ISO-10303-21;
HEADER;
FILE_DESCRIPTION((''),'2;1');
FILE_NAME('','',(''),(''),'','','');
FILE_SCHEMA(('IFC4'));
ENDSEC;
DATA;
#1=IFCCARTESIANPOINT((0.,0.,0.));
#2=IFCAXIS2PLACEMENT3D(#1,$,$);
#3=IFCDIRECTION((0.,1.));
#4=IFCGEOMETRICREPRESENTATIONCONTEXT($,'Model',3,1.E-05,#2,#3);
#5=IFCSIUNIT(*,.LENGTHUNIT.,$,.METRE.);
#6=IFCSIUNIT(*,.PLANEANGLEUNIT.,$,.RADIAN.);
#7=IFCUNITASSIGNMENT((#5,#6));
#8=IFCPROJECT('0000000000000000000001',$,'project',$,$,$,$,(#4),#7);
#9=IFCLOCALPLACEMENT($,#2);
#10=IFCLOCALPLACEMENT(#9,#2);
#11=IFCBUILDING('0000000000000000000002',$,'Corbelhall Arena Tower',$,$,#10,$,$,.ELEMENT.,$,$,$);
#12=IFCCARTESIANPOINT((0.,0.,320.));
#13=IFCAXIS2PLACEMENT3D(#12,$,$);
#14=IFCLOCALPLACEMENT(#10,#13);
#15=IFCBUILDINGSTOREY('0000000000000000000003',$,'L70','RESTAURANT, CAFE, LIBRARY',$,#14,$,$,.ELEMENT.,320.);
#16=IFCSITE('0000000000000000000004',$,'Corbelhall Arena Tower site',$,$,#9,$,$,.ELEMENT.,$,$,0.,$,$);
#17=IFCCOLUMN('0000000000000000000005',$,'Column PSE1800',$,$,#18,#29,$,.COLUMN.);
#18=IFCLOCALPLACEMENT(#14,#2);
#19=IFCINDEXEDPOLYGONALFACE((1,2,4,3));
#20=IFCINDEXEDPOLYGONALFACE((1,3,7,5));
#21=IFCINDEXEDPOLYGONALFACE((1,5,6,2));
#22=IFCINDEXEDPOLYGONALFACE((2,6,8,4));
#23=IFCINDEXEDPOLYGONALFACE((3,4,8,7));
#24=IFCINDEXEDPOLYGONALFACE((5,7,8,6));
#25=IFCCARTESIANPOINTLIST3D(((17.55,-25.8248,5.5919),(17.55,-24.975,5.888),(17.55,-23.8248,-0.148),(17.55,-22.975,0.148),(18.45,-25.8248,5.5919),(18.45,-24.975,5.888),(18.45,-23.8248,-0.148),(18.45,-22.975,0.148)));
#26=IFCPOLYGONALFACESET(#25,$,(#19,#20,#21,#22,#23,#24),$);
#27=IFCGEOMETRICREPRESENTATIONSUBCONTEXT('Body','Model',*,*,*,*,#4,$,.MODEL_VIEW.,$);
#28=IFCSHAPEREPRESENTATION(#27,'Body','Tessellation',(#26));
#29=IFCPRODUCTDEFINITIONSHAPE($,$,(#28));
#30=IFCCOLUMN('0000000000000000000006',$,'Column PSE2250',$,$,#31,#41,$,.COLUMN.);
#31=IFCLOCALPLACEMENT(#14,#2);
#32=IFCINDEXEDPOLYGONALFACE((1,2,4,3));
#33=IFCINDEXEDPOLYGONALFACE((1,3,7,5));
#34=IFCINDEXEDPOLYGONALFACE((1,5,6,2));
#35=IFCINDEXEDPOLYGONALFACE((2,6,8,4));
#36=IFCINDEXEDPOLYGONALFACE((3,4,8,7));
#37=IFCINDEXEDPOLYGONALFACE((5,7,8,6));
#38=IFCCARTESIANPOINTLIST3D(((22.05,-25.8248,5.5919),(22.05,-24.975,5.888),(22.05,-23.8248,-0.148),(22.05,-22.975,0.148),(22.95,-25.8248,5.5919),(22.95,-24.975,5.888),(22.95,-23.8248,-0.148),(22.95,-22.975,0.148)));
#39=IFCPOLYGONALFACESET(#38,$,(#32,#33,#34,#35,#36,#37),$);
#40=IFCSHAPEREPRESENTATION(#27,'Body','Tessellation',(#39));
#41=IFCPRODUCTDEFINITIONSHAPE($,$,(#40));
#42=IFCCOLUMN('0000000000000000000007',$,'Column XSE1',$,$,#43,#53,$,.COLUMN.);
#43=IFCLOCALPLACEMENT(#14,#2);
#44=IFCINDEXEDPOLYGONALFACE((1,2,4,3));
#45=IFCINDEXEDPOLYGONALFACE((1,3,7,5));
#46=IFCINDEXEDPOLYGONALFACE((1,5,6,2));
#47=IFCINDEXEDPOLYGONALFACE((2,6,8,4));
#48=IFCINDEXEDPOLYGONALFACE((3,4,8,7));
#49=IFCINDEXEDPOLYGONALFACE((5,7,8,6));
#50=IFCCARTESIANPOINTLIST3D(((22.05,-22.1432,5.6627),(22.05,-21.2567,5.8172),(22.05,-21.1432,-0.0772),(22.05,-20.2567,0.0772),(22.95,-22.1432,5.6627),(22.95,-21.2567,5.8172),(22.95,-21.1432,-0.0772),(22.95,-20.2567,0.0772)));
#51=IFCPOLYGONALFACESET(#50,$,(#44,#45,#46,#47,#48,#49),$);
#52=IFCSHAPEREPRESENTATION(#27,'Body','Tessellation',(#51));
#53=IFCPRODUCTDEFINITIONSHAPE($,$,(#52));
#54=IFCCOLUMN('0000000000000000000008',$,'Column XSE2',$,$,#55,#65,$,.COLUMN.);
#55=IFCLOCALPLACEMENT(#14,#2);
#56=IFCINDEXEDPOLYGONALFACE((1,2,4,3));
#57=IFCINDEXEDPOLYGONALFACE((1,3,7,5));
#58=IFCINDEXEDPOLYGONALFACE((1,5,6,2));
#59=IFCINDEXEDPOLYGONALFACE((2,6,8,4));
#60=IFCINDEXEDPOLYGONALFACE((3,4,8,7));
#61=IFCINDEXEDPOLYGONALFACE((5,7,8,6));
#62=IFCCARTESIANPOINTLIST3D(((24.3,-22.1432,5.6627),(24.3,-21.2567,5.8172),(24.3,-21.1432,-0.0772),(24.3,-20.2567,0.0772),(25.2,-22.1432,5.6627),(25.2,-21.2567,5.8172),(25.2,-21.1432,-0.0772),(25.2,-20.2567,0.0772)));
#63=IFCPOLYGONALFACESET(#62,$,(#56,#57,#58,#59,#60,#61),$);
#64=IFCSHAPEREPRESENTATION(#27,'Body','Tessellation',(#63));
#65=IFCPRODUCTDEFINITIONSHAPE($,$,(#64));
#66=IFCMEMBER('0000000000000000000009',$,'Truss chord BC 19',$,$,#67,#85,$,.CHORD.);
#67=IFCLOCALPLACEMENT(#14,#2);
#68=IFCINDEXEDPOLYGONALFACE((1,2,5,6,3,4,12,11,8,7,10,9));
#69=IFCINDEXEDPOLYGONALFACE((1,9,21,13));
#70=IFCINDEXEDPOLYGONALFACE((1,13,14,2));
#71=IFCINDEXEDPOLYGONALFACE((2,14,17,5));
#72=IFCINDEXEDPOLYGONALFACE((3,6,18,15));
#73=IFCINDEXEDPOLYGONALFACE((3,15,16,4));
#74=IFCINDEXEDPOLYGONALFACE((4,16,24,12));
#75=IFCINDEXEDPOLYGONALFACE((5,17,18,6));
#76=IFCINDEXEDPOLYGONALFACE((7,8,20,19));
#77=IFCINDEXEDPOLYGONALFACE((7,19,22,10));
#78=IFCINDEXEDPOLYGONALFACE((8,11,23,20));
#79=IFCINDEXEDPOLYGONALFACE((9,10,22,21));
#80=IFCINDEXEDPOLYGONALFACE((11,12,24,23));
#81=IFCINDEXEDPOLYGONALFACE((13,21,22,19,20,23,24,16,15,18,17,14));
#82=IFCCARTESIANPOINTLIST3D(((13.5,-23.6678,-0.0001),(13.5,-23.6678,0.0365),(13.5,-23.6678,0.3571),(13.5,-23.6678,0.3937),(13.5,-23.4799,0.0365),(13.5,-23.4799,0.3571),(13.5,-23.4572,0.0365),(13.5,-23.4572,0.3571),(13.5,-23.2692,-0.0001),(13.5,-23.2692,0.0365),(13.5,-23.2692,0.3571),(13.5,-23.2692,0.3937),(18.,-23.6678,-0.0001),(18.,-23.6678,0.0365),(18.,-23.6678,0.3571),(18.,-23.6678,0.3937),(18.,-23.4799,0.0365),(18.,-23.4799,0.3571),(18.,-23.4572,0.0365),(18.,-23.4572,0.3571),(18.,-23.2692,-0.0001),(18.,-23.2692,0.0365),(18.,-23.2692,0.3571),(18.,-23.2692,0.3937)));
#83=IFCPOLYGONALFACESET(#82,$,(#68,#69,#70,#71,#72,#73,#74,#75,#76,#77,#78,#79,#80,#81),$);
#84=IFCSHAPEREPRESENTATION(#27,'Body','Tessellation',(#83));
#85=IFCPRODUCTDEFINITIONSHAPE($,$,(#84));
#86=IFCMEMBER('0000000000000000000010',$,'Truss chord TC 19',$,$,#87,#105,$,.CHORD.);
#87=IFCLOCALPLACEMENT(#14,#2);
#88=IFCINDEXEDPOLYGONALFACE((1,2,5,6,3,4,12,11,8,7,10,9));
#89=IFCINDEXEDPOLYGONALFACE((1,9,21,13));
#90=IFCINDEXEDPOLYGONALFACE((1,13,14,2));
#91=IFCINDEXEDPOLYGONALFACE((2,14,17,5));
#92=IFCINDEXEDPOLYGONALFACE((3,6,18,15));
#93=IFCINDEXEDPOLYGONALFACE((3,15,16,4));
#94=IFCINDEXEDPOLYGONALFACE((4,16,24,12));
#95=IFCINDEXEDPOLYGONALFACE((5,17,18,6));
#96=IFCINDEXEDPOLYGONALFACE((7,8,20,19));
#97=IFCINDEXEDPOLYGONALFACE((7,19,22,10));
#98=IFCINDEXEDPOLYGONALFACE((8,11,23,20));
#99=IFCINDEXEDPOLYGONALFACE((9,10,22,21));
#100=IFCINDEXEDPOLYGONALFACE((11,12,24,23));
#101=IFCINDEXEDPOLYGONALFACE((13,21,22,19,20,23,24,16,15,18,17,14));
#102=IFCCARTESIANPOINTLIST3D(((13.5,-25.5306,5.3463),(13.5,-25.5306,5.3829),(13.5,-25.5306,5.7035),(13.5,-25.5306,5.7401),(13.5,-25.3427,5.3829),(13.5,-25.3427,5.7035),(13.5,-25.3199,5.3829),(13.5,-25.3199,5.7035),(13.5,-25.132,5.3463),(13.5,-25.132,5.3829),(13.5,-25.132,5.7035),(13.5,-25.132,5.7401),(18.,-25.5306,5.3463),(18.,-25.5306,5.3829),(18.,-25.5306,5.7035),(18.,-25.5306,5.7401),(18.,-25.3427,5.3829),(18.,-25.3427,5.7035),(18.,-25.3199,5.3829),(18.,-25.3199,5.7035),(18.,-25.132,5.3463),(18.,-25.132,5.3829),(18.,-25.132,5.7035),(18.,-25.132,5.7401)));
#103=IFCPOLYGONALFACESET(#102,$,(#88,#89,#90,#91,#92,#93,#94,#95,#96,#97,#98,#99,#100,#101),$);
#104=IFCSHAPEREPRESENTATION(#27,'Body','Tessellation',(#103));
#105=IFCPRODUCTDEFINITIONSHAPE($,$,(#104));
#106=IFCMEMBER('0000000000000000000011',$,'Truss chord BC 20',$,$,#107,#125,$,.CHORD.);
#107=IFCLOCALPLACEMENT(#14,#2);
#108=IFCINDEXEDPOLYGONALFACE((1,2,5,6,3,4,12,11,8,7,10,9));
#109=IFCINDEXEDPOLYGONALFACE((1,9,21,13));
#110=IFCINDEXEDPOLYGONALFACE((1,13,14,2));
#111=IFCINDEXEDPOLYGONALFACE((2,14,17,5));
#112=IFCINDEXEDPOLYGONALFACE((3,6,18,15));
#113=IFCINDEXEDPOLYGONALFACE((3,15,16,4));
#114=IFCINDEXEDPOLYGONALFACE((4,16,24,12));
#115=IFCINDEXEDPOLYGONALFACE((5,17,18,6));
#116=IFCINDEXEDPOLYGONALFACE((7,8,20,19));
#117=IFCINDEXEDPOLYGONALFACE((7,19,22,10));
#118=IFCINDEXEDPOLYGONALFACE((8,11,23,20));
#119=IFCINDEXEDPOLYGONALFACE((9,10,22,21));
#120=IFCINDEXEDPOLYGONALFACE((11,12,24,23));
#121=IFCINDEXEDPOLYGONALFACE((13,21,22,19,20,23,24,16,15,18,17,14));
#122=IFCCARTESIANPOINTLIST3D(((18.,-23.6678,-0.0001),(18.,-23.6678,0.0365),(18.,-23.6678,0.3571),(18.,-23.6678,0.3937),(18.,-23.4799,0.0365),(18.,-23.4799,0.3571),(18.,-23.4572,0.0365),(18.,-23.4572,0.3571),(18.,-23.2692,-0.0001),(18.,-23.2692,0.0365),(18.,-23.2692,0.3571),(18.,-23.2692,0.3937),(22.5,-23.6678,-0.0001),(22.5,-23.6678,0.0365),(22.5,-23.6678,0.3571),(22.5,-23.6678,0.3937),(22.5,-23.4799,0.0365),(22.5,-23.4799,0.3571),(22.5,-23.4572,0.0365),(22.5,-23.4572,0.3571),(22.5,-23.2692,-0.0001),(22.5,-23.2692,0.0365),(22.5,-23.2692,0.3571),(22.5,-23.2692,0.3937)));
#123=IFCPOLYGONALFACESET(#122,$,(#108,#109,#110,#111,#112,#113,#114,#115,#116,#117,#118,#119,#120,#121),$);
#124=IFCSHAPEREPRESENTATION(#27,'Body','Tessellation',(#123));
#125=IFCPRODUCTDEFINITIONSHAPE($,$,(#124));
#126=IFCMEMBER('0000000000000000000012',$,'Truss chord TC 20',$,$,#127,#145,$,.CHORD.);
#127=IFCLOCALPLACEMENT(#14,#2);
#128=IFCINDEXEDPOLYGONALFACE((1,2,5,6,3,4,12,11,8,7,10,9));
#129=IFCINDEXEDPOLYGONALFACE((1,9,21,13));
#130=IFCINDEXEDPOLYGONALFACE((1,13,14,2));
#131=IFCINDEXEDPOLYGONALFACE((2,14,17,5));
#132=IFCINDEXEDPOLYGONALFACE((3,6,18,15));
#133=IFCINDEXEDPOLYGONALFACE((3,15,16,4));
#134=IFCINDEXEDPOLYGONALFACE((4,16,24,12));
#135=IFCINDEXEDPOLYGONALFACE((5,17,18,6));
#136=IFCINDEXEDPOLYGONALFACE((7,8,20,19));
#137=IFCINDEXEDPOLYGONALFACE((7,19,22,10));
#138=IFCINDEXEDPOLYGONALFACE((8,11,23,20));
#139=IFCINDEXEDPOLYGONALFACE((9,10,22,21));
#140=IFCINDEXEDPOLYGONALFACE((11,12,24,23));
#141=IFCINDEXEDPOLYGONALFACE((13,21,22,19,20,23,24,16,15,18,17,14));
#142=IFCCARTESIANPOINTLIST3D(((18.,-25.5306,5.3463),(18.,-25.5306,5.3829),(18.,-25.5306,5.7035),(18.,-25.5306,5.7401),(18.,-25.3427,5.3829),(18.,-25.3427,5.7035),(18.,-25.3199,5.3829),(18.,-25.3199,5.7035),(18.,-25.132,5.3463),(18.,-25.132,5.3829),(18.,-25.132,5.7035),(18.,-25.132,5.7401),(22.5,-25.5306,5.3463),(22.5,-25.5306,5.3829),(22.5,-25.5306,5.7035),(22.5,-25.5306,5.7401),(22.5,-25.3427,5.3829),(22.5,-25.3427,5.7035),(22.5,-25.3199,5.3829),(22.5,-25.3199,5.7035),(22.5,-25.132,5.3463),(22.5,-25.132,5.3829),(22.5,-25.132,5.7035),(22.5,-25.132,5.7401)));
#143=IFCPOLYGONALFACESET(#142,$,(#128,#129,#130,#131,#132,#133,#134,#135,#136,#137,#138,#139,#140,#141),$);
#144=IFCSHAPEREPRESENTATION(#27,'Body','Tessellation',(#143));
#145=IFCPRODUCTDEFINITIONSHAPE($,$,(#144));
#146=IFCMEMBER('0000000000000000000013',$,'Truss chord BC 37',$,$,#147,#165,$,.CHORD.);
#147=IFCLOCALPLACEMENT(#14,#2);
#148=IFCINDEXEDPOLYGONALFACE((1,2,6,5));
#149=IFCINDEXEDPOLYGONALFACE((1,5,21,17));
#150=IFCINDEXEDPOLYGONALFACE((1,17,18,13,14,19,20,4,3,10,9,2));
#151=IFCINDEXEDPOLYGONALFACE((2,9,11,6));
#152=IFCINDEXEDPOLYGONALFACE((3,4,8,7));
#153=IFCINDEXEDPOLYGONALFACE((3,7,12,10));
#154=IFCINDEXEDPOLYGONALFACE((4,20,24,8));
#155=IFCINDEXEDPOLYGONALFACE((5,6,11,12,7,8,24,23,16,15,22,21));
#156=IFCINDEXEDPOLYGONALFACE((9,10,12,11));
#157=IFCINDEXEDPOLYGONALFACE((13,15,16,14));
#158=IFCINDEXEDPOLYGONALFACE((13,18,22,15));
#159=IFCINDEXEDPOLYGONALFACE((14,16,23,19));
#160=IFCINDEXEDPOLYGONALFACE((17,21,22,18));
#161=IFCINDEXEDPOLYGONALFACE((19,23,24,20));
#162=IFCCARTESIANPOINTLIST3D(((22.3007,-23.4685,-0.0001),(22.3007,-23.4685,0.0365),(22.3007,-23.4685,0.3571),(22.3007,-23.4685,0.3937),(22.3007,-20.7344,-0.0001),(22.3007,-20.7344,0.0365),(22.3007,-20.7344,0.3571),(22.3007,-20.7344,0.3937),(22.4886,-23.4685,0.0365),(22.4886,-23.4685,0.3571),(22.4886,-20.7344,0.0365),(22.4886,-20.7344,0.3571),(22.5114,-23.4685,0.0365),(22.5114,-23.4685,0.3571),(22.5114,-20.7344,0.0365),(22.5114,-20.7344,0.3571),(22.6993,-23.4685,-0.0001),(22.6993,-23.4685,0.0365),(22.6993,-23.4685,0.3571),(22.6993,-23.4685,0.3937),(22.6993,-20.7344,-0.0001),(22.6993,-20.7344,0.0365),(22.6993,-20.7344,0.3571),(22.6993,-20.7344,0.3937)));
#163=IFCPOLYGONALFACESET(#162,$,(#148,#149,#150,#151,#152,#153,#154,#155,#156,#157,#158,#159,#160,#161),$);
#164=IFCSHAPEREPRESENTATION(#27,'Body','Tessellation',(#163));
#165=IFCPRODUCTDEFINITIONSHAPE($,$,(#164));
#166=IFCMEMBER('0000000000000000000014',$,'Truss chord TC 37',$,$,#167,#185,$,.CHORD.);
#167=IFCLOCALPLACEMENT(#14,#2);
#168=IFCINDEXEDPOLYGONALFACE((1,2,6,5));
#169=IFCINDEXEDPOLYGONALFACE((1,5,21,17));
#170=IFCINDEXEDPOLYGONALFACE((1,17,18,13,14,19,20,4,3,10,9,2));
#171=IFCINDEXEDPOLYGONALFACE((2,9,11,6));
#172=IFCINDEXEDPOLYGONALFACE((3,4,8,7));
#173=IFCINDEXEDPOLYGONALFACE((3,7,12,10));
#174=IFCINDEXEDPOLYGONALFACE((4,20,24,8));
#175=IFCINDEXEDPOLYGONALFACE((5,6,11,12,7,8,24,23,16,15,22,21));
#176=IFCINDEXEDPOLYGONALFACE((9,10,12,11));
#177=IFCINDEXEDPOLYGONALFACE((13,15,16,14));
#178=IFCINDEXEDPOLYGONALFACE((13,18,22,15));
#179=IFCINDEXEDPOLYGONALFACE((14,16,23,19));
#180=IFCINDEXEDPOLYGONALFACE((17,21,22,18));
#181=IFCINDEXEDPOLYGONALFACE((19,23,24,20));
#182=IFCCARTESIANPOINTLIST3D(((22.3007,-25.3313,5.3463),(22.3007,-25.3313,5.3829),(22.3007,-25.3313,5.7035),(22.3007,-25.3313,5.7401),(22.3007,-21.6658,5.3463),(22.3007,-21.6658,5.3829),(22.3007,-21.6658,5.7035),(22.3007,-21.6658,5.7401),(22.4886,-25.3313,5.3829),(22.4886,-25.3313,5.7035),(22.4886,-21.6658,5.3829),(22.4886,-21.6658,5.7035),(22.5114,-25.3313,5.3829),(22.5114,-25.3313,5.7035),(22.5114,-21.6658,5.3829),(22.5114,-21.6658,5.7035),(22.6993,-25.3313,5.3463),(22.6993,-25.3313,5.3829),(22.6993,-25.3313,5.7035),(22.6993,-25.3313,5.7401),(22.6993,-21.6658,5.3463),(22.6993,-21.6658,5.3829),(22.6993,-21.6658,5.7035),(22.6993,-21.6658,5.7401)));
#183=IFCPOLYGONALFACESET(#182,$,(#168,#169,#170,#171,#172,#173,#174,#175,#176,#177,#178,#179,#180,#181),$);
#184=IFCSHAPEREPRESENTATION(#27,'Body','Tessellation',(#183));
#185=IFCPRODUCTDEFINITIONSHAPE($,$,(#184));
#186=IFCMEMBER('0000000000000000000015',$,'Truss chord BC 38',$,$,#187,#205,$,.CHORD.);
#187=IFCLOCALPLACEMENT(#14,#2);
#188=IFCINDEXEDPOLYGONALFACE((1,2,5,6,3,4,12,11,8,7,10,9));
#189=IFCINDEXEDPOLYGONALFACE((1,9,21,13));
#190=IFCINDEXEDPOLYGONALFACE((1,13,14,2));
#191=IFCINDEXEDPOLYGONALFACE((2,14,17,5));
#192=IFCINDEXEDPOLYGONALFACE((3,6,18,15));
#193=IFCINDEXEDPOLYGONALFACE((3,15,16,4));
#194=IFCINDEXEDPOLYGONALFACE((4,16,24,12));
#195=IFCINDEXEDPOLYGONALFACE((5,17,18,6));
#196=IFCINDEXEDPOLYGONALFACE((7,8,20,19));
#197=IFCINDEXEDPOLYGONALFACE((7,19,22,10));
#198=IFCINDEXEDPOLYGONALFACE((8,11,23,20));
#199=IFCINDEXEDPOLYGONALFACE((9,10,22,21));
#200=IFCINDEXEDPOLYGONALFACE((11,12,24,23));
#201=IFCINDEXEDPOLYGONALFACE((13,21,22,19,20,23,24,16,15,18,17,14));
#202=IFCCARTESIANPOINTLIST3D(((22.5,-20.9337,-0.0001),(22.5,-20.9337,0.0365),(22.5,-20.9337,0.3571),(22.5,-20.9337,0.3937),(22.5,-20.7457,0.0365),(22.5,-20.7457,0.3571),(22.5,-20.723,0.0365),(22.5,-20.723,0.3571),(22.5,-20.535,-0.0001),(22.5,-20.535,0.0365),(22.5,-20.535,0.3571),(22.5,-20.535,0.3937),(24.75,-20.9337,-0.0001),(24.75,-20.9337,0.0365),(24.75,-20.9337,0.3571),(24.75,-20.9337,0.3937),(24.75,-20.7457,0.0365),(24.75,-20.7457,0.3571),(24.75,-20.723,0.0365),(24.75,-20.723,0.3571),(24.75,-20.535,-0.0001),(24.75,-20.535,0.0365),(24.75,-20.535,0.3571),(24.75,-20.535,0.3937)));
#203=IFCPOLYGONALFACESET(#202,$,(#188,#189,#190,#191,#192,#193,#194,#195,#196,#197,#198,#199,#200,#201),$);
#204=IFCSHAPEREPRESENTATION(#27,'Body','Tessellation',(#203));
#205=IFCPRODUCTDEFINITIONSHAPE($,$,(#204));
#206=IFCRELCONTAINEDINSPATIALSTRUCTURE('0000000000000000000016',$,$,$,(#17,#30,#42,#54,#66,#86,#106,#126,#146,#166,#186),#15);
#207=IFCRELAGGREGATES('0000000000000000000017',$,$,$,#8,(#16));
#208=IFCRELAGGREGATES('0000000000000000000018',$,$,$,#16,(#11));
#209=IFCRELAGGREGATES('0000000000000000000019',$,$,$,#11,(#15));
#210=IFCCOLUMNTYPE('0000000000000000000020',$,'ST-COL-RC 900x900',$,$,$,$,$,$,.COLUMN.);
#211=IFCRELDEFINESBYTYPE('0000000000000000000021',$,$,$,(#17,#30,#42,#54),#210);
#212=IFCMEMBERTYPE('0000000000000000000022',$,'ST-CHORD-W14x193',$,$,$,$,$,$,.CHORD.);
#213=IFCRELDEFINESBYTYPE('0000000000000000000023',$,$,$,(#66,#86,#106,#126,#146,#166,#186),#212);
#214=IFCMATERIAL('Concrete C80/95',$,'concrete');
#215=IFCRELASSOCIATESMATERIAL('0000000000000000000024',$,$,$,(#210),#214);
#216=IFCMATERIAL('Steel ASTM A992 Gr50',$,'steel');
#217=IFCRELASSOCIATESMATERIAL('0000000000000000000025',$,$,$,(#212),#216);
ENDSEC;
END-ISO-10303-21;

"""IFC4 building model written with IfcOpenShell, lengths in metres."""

from ifc_helpers import new_model, si_unit, direction, frame, origin, origin_2d, place, context, subcontext, project, spatial, rectangle, i_section, extrude, material, material_profile, profile_set, type_object, element, save


model = new_model("IFC4")

# Units and contexts
model_context = context("Model", 3, precision=1e-05, world=origin(), true_north=direction((0.0, 1.0)))
body_context = subcontext(model_context, "Body", "Model", "MODEL_VIEW")
ifc_project = project(units=[si_unit("LENGTHUNIT", "METRE"), si_unit("PLANEANGLEUNIT", "RADIAN")], contexts=[model_context])

# Site, building, storey
site_placement = place(None, origin())
site = spatial("IfcSite", under=ifc_project, at=site_placement, Name="Corbelhall Arena Tower site", CompositionType="ELEMENT", RefElevation=0.0)
building_placement = place(site_placement, origin())
building = spatial("IfcBuilding", under=site, at=building_placement, Name="Corbelhall Arena Tower", CompositionType="ELEMENT")
storey_placement = place(building_placement, frame((0.0, 0.0, 320.0)))
storey = spatial("IfcBuildingStorey", under=building, at=storey_placement, Name="L70", Description="RESTAURANT, CAFE, LIBRARY", CompositionType="ELEMENT", Elevation=320.0)

# Columns
ifc_material_1 = material(Name="Concrete C80/95", Category="concrete")
ifc_material_profile_1 = material_profile(ifc_material_1, rectangle(XDim=0.8999, YDim=0.8999, at=origin_2d()))
ifc_profile_set_1 = profile_set([ifc_material_profile_1], Name="Concrete C80/95")
column_type = type_object("IfcColumnType", Name="ST-COL-RC 900x900", PredefinedType="COLUMN", material=ifc_profile_set_1)
for number, where, z_axis, x_axis, name in (
    (1, (18.0, -23.3999, 0.0), (0.0, -0.329032, 0.944319), (1.0, 0.0, 0.0), "Column PSE1800"),
    (2, (22.5, -23.3999, 0.0), (0.0, -0.329032, 0.944319), (1.0, 0.0, 0.0), "Column PSE2250"),
):
    element("IfcColumn", number, at=place(storey_placement, frame(where, z_axis=z_axis, x_axis=x_axis)), inside=storey, type_object=column_type, Name=name, PredefinedType="COLUMN", context=body_context, shape_type="SweptSolid", body=[
        extrude(rectangle(XDim=0.8999, YDim=0.8999, at=origin_2d()), origin(), (0.0, 0.0, 1.0), 6.0784),
    ])
for number, where, z_axis, x_axis, name in (
    (3, (22.5, -20.7, 0.0), (0.0, -0.171631, 0.985161), (1.0, 0.0, 0.0), "Column XSE1"),
    (4, (24.75, -20.7, 0.0), (0.0, -0.171631, 0.985161), (1.0, 0.0, 0.0), "Column XSE2"),
):
    element("IfcColumn", number, at=place(storey_placement, frame(where, z_axis=z_axis, x_axis=x_axis)), inside=storey, type_object=column_type, Name=name, PredefinedType="COLUMN", context=body_context, shape_type="SweptSolid", body=[
        extrude(rectangle(XDim=0.8999, YDim=0.8999, at=origin_2d()), origin(), (0.0, 0.0, 1.0), 5.8264),
    ])

# Members
ifc_material_2 = material(Name="Steel ASTM A992 Gr50", Category="steel")
ifc_material_profile_2 = material_profile(ifc_material_2, i_section(OverallWidth=0.3987, OverallDepth=0.3938, WebThickness=0.0227, FlangeThickness=0.0366, at=origin_2d()))
ifc_profile_set_2 = profile_set([ifc_material_profile_2], Name="Steel ASTM A992 Gr50")
member_type_1 = type_object("IfcMemberType", Name="ST-CHORD-W14x193", PredefinedType="CHORD", material=ifc_profile_set_2)
for number, where, z_axis, x_axis, name in (
    (5, (18.0, -23.4685, 0.1968), (-1.0, 0.0, 0.0), (0.0, -1.0, 0.0), "Truss chord BC 19"),
    (6, (18.0, -25.3313, 5.5432), (-1.0, 0.0, 0.0), (0.0, -1.0, 0.0), "Truss chord TC 19"),
    (7, (22.5, -23.4685, 0.1968), (-1.0, 0.0, 0.0), (0.0, -1.0, 0.0), "Truss chord BC 20"),
    (8, (22.5, -25.3313, 5.5432), (-1.0, 0.0, 0.0), (0.0, -1.0, 0.0), "Truss chord TC 20"),
):
    element("IfcMember", number, at=place(storey_placement, frame(where, z_axis=z_axis, x_axis=x_axis)), inside=storey, type_object=member_type_1, Name=name, PredefinedType="CHORD", context=body_context, shape_type="SweptSolid", body=[
        extrude(i_section(OverallWidth=0.3987, OverallDepth=0.3938, WebThickness=0.0227, FlangeThickness=0.0366, at=origin_2d()), origin(), (0.0, 0.0, 1.0), 4.5),
    ])
member_1_placement = place(storey_placement, frame((22.5, -20.7344, 0.1968), z_axis=(0.0, -1.0, 0.0), x_axis=(1.0, 0.0, 0.0)))
element("IfcMember", 9, at=member_1_placement, inside=storey, type_object=member_type_1, Name="Truss chord BC 37", PredefinedType="CHORD", context=body_context, shape_type="SweptSolid", body=[
    extrude(i_section(OverallWidth=0.3987, OverallDepth=0.3938, WebThickness=0.0227, FlangeThickness=0.0366, at=origin_2d()), origin(), (0.0, 0.0, 1.0), 2.7341),
])
member_2_placement = place(storey_placement, frame((22.5, -21.6658, 5.5432), z_axis=(0.0, -1.0, 0.0), x_axis=(1.0, 0.0, 0.0)))
element("IfcMember", 10, at=member_2_placement, inside=storey, type_object=member_type_1, Name="Truss chord TC 37", PredefinedType="CHORD", context=body_context, shape_type="SweptSolid", body=[
    extrude(i_section(OverallWidth=0.3987, OverallDepth=0.3938, WebThickness=0.0227, FlangeThickness=0.0366, at=origin_2d()), origin(), (0.0, 0.0, 1.0), 3.6655),
])
for number, where, z_axis, x_axis, name in (
    (11, (24.75, -20.7344, 0.1968), (-1.0, 0.0, 0.0), (0.0, -1.0, 0.0), "Truss chord BC 38"),
):
    element("IfcMember", number, at=place(storey_placement, frame(where, z_axis=z_axis, x_axis=x_axis)), inside=storey, type_object=member_type_1, Name=name, PredefinedType="CHORD", context=body_context, shape_type="SweptSolid", body=[
        extrude(i_section(OverallWidth=0.3987, OverallDepth=0.3938, WebThickness=0.0227, FlangeThickness=0.0366, at=origin_2d()), origin(), (0.0, 0.0, 1.0), 2.25),
    ])

save(model, "model.ifc")
